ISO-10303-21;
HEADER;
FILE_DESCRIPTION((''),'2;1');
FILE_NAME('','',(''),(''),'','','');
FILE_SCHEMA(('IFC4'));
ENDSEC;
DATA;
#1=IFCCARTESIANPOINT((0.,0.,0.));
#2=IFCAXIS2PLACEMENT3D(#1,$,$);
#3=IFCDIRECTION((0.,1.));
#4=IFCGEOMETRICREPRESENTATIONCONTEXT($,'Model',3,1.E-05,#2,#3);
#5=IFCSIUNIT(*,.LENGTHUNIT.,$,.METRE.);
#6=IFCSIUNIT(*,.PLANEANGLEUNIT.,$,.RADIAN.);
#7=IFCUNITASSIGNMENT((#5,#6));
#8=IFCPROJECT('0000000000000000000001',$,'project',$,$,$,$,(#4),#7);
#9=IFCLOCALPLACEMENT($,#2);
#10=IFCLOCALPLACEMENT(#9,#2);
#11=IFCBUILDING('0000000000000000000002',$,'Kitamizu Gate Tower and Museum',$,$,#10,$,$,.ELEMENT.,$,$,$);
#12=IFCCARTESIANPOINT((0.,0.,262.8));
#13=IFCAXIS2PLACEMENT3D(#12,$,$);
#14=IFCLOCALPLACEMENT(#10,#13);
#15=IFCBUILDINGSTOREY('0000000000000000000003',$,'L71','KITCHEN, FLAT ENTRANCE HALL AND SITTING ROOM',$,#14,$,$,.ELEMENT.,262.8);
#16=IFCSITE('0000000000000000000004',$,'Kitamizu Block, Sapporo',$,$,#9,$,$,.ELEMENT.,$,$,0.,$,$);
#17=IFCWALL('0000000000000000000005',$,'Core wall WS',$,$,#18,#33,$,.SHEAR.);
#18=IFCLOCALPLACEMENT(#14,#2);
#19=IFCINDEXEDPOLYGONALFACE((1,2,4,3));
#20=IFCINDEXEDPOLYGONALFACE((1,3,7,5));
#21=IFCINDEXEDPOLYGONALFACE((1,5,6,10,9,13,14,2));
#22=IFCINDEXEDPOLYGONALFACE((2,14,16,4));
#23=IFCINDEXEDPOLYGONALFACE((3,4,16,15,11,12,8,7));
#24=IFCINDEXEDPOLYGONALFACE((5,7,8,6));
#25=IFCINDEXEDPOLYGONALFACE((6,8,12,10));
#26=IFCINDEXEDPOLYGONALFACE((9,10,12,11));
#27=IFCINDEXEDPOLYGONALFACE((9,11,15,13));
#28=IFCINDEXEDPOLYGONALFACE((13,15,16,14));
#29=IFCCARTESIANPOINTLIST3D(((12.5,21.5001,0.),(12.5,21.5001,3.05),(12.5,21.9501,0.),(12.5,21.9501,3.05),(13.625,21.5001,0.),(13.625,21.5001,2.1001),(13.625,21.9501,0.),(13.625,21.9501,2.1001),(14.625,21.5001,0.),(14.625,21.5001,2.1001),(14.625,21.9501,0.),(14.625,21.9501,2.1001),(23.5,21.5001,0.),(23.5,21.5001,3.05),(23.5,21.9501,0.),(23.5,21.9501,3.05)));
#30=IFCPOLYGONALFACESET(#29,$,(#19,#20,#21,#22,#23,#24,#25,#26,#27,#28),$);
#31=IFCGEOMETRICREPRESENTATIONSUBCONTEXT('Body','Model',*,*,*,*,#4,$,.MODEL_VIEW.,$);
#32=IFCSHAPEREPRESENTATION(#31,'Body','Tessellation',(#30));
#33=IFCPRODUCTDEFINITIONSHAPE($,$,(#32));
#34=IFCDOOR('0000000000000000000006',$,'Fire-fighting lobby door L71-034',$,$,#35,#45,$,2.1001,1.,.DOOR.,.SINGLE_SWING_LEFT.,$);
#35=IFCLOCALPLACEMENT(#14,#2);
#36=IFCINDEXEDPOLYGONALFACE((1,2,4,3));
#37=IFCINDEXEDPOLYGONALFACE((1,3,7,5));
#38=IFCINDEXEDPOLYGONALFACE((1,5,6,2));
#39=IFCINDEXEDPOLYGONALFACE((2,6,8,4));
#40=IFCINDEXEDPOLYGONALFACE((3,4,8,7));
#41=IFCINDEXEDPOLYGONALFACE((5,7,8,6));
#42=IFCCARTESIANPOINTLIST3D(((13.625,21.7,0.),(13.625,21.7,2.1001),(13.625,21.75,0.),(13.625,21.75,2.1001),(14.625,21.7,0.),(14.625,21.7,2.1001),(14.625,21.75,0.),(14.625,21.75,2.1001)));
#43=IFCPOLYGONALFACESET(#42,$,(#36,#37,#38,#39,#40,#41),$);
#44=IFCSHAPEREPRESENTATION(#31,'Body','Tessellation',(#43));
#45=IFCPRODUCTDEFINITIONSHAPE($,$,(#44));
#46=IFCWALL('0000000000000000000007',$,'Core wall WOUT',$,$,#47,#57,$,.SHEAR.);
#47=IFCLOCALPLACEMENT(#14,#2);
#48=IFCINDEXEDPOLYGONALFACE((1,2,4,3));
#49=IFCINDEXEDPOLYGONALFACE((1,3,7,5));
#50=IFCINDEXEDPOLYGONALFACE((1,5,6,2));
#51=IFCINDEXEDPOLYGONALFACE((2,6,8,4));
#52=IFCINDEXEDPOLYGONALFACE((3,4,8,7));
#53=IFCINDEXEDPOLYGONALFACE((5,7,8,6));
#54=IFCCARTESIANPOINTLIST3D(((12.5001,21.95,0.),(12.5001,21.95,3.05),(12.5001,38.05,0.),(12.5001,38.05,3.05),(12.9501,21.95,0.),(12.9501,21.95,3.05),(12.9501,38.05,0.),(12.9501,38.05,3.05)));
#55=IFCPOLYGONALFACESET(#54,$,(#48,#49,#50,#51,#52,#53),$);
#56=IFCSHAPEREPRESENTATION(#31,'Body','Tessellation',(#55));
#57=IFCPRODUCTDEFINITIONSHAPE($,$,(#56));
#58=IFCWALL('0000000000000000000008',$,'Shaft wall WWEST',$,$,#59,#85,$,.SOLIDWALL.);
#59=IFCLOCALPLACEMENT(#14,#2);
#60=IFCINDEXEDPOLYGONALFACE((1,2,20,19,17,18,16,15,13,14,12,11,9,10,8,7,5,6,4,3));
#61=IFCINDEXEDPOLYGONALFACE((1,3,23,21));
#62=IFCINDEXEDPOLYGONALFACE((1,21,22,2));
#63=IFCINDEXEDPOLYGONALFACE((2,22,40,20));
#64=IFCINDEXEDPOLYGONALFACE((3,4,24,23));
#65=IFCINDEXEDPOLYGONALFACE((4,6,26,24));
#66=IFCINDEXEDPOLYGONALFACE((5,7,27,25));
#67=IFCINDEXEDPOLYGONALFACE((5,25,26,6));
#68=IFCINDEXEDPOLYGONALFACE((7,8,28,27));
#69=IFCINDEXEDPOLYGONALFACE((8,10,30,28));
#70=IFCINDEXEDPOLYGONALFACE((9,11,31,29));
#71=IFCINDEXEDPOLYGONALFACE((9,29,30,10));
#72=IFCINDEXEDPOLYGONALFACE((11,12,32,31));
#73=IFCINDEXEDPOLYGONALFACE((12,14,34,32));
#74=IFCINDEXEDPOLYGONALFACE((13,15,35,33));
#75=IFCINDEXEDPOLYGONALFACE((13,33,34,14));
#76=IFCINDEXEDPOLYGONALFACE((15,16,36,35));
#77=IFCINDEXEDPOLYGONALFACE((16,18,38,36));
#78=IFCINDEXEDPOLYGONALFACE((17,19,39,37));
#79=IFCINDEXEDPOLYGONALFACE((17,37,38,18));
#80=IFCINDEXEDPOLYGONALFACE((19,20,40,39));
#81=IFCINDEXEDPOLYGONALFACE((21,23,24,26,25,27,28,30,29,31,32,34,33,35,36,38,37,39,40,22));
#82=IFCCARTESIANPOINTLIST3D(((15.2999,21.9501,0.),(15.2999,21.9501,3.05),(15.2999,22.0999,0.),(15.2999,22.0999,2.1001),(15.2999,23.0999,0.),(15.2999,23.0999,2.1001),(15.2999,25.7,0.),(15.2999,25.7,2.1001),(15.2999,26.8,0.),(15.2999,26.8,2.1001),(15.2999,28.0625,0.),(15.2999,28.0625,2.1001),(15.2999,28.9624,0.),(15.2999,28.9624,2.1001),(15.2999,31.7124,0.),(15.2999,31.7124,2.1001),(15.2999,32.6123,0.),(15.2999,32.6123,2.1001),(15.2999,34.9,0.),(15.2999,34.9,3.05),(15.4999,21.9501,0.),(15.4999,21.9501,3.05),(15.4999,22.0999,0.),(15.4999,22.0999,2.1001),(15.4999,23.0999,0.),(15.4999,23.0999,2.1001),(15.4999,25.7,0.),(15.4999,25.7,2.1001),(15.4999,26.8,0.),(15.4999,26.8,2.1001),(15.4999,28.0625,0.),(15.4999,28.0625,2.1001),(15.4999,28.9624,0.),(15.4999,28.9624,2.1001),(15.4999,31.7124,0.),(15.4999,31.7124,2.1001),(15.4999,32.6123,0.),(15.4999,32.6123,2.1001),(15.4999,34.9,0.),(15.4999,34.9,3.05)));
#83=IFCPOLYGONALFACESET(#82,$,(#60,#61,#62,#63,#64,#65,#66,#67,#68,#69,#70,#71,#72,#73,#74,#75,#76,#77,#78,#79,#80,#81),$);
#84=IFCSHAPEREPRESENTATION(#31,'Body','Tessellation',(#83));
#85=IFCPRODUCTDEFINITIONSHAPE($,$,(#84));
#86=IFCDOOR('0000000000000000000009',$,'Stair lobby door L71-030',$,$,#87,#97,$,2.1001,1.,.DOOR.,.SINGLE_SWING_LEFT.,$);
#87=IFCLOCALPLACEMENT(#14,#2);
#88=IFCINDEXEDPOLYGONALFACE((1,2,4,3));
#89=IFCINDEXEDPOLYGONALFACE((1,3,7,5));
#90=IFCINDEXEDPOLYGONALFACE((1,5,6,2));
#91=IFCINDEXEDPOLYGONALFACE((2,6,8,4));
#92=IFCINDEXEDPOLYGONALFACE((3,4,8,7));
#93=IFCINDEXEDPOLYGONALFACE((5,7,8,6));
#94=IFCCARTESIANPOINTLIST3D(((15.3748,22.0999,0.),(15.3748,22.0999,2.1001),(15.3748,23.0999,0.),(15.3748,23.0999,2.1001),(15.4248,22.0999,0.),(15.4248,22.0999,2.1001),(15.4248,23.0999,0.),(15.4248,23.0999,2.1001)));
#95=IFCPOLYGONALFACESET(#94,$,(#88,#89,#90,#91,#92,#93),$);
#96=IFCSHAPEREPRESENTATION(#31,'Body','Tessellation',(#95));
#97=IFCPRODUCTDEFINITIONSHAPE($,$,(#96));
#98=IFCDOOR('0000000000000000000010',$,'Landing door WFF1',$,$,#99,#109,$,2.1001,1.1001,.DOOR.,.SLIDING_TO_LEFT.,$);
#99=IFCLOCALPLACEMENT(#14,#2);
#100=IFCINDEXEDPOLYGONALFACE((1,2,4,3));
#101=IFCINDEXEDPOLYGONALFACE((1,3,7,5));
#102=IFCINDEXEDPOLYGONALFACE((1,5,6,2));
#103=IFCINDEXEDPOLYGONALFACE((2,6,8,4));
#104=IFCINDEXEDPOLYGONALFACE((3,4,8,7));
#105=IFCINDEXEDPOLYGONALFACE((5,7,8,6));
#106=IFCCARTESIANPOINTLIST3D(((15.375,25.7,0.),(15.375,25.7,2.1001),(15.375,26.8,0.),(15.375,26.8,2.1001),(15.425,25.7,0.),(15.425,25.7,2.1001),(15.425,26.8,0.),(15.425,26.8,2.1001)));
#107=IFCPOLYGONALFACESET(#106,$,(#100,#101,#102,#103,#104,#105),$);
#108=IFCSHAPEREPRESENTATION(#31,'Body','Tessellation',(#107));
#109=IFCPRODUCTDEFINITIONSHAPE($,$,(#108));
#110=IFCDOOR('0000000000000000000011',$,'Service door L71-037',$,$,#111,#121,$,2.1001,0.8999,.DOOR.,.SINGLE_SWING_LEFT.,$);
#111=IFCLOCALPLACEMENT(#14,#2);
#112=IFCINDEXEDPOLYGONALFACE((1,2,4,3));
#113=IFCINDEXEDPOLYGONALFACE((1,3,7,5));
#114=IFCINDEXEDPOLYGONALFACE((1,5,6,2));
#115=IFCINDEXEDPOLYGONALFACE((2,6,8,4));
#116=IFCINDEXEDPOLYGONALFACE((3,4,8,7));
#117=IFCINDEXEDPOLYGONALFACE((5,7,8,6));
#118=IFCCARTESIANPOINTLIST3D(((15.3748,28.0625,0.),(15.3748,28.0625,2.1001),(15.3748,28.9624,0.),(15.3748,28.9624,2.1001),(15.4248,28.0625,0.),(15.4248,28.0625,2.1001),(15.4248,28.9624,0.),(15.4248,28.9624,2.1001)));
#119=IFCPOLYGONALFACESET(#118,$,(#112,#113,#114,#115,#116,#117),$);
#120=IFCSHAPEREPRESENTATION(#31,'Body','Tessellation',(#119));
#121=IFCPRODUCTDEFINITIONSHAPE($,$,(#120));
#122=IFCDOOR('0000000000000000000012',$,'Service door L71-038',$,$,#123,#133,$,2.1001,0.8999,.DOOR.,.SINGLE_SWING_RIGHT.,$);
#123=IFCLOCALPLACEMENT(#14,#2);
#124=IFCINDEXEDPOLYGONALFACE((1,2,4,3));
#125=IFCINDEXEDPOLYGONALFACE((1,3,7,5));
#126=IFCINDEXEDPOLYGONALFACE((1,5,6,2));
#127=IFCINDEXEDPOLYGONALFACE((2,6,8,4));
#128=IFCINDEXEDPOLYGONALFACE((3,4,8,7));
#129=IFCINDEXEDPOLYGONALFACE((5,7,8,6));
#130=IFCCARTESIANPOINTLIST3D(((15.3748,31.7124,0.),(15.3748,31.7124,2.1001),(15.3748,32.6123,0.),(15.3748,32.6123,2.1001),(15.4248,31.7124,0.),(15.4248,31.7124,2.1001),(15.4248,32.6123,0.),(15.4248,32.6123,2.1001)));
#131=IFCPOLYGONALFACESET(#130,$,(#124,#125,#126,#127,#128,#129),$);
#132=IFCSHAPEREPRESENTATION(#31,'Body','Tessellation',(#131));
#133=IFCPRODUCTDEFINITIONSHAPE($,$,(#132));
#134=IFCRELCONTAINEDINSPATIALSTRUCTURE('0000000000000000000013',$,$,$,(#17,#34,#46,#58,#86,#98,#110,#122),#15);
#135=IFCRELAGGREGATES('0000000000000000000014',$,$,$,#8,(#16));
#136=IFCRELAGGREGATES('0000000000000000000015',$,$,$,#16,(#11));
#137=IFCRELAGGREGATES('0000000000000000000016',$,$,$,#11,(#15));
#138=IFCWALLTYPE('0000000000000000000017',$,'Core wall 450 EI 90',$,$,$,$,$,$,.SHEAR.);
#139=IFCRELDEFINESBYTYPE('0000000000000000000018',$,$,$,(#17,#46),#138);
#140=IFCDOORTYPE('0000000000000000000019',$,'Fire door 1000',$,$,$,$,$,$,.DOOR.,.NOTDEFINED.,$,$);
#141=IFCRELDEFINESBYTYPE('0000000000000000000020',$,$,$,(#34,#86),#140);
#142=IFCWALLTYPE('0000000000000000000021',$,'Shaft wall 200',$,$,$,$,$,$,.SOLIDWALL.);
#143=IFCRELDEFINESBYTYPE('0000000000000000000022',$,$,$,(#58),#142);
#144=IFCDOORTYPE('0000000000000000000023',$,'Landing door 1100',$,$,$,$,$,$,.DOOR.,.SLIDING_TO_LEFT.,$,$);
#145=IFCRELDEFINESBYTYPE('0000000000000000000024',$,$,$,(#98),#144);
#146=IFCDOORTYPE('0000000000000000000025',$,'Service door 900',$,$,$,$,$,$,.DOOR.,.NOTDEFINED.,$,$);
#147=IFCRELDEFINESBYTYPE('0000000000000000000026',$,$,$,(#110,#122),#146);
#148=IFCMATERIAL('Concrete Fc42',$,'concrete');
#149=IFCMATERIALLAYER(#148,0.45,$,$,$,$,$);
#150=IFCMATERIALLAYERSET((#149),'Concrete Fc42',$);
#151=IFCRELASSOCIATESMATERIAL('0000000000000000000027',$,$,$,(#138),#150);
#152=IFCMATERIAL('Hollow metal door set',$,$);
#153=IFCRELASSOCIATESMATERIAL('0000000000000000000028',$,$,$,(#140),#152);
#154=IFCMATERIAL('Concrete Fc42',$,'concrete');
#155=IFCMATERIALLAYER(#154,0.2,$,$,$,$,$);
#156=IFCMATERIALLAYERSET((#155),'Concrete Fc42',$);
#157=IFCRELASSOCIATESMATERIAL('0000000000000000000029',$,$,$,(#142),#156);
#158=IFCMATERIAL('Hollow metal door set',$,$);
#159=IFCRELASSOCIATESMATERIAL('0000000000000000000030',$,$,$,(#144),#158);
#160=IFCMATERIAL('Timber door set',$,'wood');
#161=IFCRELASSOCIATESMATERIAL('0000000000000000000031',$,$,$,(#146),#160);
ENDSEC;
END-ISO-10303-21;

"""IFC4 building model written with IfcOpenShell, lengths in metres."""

from ifc_helpers import new_model, si_unit, direction, frame, frame_2d, origin, place, context, subcontext, project, spatial, rectangle, extrude, material, layer, layer_set, type_object, element, fill, save


model = new_model("IFC4")

# Units and contexts
model_context = context("Model", 3, precision=1e-05, world=origin(), true_north=direction((0.0, 1.0)))
body_context = subcontext(model_context, "Body", "Model", "MODEL_VIEW")
ifc_project = project(units=[si_unit("LENGTHUNIT", "METRE"), si_unit("PLANEANGLEUNIT", "RADIAN")], contexts=[model_context])

# Site, building, storey
site_placement = place(None, origin())
site = spatial("IfcSite", under=ifc_project, at=site_placement, Name="Kitamizu Block, Sapporo", CompositionType="ELEMENT", RefElevation=0.0)
building_placement = place(site_placement, origin())
building = spatial("IfcBuilding", under=site, at=building_placement, Name="Kitamizu Gate Tower and Museum", CompositionType="ELEMENT")
storey_placement = place(building_placement, frame((0.0, 0.0, 262.8)))
storey = spatial("IfcBuildingStorey", under=building, at=storey_placement, Name="L71", Description="KITCHEN, FLAT ENTRANCE HALL AND SITTING ROOM", CompositionType="ELEMENT", Elevation=262.8)

# Wall, opening, door
ifc_material_1 = material(Name="Concrete Fc42", Category="concrete")
ifc_layer_1 = layer(ifc_material_1, 0.45)
ifc_layer_set_1 = layer_set([ifc_layer_1], Name="Concrete Fc42")
wall_type_1 = type_object("IfcWallType", Name="Core wall 450 EI 90", PredefinedType="SHEAR", material=ifc_layer_set_1)
wall_1_placement = place(storey_placement, frame((12.5, 21.7251, 0.0), z_axis=(0.0, 0.0, 1.0), x_axis=(1.0, 0.0, 0.0)))
wall_1 = element("IfcWall", 1, at=wall_1_placement, inside=storey, type_object=wall_type_1, Name="Core wall WS", PredefinedType="SHEAR", context=body_context, shape_type="SweptSolid", body=[
    extrude(rectangle(XDim=11.0, YDim=0.45, at=frame_2d((5.5, 0.0))), origin(), (0.0, 0.0, 1.0), 3.05),
])
opening_1_placement = place(wall_1_placement, frame((1.125, 0.0, 0.0)))
opening_1 = element("IfcOpeningElement", 2, at=opening_1_placement, cuts=wall_1, PredefinedType="OPENING", context=body_context, shape_type="SweptSolid", body=[
    extrude(rectangle(XDim=1.0, YDim=2.1001, at=frame_2d((0.5, 1.05))), frame((0.0, 0.2349, 0.0), z_axis=(0.0, -1.0, 0.0), x_axis=(1.0, 0.0, 0.0)), (0.0, 0.0, 1.0), 0.47),
])
ifc_material_2 = material(Name="Hollow metal door set")
door_type_1 = type_object("IfcDoorType", Name="Fire door 1000", OperationType="NOTDEFINED", PredefinedType="DOOR", material=ifc_material_2)
door_1_placement = place(opening_1_placement, origin())
door_1 = element("IfcDoor", 3, at=door_1_placement, inside=storey, type_object=door_type_1, Name="Fire-fighting lobby door L71-034", OperationType="SINGLE_SWING_LEFT", OverallHeight=2.1001, OverallWidth=1.0, PredefinedType="DOOR", context=body_context, shape_type="SweptSolid", body=[
    extrude(rectangle(XDim=1.0, YDim=2.1001, at=frame_2d((0.5, 1.05))), frame((0.0, 0.0249, 0.0), z_axis=(0.0, -1.0, 0.0), x_axis=(1.0, 0.0, 0.0)), (0.0, 0.0, 1.0), 0.05),
])
fill(opening_1, door_1)

# Wall
wall_2_placement = place(storey_placement, frame((12.7251, 21.95, 0.0), z_axis=(0.0, 0.0, 1.0), x_axis=(0.0, 1.0, 0.0)))
element("IfcWall", 4, at=wall_2_placement, inside=storey, type_object=wall_type_1, Name="Core wall WOUT", PredefinedType="SHEAR", context=body_context, shape_type="SweptSolid", body=[
    extrude(rectangle(XDim=16.1001, YDim=0.45, at=frame_2d((8.05, 0.0))), origin(), (0.0, 0.0, 1.0), 3.05),
])

# Wall, openings, doors
ifc_material_3 = material(Name="Concrete Fc42", Category="concrete")
ifc_layer_2 = layer(ifc_material_3, 0.2)
ifc_layer_set_2 = layer_set([ifc_layer_2], Name="Concrete Fc42")
wall_type_2 = type_object("IfcWallType", Name="Shaft wall 200", PredefinedType="SOLIDWALL", material=ifc_layer_set_2)
wall_3_placement = place(storey_placement, frame((15.3999, 21.95, 0.0), z_axis=(0.0, 0.0, 1.0), x_axis=(0.0, 1.0, 0.0)))
wall_3 = element("IfcWall", 5, at=wall_3_placement, inside=storey, type_object=wall_type_2, Name="Shaft wall WWEST", PredefinedType="SOLIDWALL", context=body_context, shape_type="SweptSolid", body=[
    extrude(rectangle(XDim=12.95, YDim=0.2, at=frame_2d((6.4751, 0.0))), origin(), (0.0, 0.0, 1.0), 3.05),
])
opening_2_placement = place(wall_3_placement, frame((3.75, 0.0, 0.0)))
opening_2 = element("IfcOpeningElement", 6, at=opening_2_placement, cuts=wall_3, PredefinedType="OPENING", context=body_context, shape_type="SweptSolid", body=[
    extrude(rectangle(XDim=1.1001, YDim=2.1001, at=frame_2d((0.55, 1.05))), frame((0.0, 0.1099, 0.0), z_axis=(0.0, -1.0, 0.0), x_axis=(1.0, 0.0, 0.0)), (0.0, 0.0, 1.0), 0.22),
])
opening_3_placement = place(wall_3_placement, frame((0.1499, 0.0, 0.0)))
opening_3 = element("IfcOpeningElement", 7, at=opening_3_placement, cuts=wall_3, PredefinedType="OPENING", context=body_context, shape_type="SweptSolid", body=[
    extrude(rectangle(XDim=1.0, YDim=2.1001, at=frame_2d((0.5, 1.05))), frame((0.0, 0.1099, 0.0), z_axis=(0.0, -1.0, 0.0), x_axis=(1.0, 0.0, 0.0)), (0.0, 0.0, 1.0), 0.22),
])
opening_4_placement = place(wall_3_placement, frame((6.1125, 0.0, 0.0)))
opening_4 = element("IfcOpeningElement", 8, at=opening_4_placement, cuts=wall_3, PredefinedType="OPENING", context=body_context, shape_type="SweptSolid", body=[
    extrude(rectangle(XDim=0.8999, YDim=2.1001, at=frame_2d((0.45, 1.05))), frame((0.0, 0.1099, 0.0), z_axis=(0.0, -1.0, 0.0), x_axis=(1.0, 0.0, 0.0)), (0.0, 0.0, 1.0), 0.22),
])
opening_5_placement = place(wall_3_placement, frame((9.7625, 0.0, 0.0)))
opening_5 = element("IfcOpeningElement", 9, at=opening_5_placement, cuts=wall_3, PredefinedType="OPENING", context=body_context, shape_type="SweptSolid", body=[
    extrude(rectangle(XDim=0.8999, YDim=2.1001, at=frame_2d((0.45, 1.05))), frame((0.0, 0.1099, 0.0), z_axis=(0.0, -1.0, 0.0), x_axis=(1.0, 0.0, 0.0)), (0.0, 0.0, 1.0), 0.22),
])
door_2_placement = place(opening_3_placement, frame((1.0, 0.0, 0.0), x_axis=(-1.0, 0.0, 0.0)))
door_2 = element("IfcDoor", 10, at=door_2_placement, inside=storey, type_object=door_type_1, Name="Stair lobby door L71-030", OperationType="SINGLE_SWING_LEFT", OverallHeight=2.1001, OverallWidth=1.0, PredefinedType="DOOR", context=body_context, shape_type="SweptSolid", body=[
    extrude(rectangle(XDim=1.0, YDim=2.1001, at=frame_2d((0.5, 1.05))), frame((0.0, 0.0249, 0.0), z_axis=(0.0, -1.0, 0.0), x_axis=(1.0, 0.0, 0.0)), (0.0, 0.0, 1.0), 0.05),
])
fill(opening_3, door_2)
ifc_material_4 = material(Name="Hollow metal door set")
door_type_2 = type_object("IfcDoorType", Name="Landing door 1100", OperationType="SLIDING_TO_LEFT", PredefinedType="DOOR", material=ifc_material_4)
door_3_placement = place(opening_2_placement, origin())
door_3 = element("IfcDoor", 11, at=door_3_placement, inside=storey, type_object=door_type_2, Name="Landing door WFF1", OperationType="SLIDING_TO_LEFT", OverallHeight=2.1001, OverallWidth=1.1001, PredefinedType="DOOR", context=body_context, shape_type="SweptSolid", body=[
    extrude(rectangle(XDim=1.1001, YDim=2.1001, at=frame_2d((0.55, 1.05))), frame((0.0, 0.0249, 0.0), z_axis=(0.0, -1.0, 0.0), x_axis=(1.0, 0.0, 0.0)), (0.0, 0.0, 1.0), 0.05),
])
fill(opening_2, door_3)
ifc_material_5 = material(Name="Timber door set", Category="wood")
door_type_3 = type_object("IfcDoorType", Name="Service door 900", OperationType="NOTDEFINED", PredefinedType="DOOR", material=ifc_material_5)
door_4_placement = place(opening_4_placement, frame((0.8999, 0.0, 0.0), x_axis=(-1.0, 0.0, 0.0)))
door_4 = element("IfcDoor", 12, at=door_4_placement, inside=storey, type_object=door_type_3, Name="Service door L71-037", OperationType="SINGLE_SWING_LEFT", OverallHeight=2.1001, OverallWidth=0.8999, PredefinedType="DOOR", context=body_context, shape_type="SweptSolid", body=[
    extrude(rectangle(XDim=0.8999, YDim=2.1001, at=frame_2d((0.45, 1.05))), frame((0.0, 0.0249, 0.0), z_axis=(0.0, -1.0, 0.0), x_axis=(1.0, 0.0, 0.0)), (0.0, 0.0, 1.0), 0.05),
])
fill(opening_4, door_4)
door_5_placement = place(opening_5_placement, frame((0.8999, 0.0, 0.0), x_axis=(-1.0, 0.0, 0.0)))
door_5 = element("IfcDoor", 13, at=door_5_placement, inside=storey, type_object=door_type_3, Name="Service door L71-038", OperationType="SINGLE_SWING_RIGHT", OverallHeight=2.1001, OverallWidth=0.8999, PredefinedType="DOOR", context=body_context, shape_type="SweptSolid", body=[
    extrude(rectangle(XDim=0.8999, YDim=2.1001, at=frame_2d((0.45, 1.05))), frame((0.0, 0.0249, 0.0), z_axis=(0.0, -1.0, 0.0), x_axis=(1.0, 0.0, 0.0)), (0.0, 0.0, 1.0), 0.05),
])
fill(opening_5, door_5)

save(model, "model.ifc")
